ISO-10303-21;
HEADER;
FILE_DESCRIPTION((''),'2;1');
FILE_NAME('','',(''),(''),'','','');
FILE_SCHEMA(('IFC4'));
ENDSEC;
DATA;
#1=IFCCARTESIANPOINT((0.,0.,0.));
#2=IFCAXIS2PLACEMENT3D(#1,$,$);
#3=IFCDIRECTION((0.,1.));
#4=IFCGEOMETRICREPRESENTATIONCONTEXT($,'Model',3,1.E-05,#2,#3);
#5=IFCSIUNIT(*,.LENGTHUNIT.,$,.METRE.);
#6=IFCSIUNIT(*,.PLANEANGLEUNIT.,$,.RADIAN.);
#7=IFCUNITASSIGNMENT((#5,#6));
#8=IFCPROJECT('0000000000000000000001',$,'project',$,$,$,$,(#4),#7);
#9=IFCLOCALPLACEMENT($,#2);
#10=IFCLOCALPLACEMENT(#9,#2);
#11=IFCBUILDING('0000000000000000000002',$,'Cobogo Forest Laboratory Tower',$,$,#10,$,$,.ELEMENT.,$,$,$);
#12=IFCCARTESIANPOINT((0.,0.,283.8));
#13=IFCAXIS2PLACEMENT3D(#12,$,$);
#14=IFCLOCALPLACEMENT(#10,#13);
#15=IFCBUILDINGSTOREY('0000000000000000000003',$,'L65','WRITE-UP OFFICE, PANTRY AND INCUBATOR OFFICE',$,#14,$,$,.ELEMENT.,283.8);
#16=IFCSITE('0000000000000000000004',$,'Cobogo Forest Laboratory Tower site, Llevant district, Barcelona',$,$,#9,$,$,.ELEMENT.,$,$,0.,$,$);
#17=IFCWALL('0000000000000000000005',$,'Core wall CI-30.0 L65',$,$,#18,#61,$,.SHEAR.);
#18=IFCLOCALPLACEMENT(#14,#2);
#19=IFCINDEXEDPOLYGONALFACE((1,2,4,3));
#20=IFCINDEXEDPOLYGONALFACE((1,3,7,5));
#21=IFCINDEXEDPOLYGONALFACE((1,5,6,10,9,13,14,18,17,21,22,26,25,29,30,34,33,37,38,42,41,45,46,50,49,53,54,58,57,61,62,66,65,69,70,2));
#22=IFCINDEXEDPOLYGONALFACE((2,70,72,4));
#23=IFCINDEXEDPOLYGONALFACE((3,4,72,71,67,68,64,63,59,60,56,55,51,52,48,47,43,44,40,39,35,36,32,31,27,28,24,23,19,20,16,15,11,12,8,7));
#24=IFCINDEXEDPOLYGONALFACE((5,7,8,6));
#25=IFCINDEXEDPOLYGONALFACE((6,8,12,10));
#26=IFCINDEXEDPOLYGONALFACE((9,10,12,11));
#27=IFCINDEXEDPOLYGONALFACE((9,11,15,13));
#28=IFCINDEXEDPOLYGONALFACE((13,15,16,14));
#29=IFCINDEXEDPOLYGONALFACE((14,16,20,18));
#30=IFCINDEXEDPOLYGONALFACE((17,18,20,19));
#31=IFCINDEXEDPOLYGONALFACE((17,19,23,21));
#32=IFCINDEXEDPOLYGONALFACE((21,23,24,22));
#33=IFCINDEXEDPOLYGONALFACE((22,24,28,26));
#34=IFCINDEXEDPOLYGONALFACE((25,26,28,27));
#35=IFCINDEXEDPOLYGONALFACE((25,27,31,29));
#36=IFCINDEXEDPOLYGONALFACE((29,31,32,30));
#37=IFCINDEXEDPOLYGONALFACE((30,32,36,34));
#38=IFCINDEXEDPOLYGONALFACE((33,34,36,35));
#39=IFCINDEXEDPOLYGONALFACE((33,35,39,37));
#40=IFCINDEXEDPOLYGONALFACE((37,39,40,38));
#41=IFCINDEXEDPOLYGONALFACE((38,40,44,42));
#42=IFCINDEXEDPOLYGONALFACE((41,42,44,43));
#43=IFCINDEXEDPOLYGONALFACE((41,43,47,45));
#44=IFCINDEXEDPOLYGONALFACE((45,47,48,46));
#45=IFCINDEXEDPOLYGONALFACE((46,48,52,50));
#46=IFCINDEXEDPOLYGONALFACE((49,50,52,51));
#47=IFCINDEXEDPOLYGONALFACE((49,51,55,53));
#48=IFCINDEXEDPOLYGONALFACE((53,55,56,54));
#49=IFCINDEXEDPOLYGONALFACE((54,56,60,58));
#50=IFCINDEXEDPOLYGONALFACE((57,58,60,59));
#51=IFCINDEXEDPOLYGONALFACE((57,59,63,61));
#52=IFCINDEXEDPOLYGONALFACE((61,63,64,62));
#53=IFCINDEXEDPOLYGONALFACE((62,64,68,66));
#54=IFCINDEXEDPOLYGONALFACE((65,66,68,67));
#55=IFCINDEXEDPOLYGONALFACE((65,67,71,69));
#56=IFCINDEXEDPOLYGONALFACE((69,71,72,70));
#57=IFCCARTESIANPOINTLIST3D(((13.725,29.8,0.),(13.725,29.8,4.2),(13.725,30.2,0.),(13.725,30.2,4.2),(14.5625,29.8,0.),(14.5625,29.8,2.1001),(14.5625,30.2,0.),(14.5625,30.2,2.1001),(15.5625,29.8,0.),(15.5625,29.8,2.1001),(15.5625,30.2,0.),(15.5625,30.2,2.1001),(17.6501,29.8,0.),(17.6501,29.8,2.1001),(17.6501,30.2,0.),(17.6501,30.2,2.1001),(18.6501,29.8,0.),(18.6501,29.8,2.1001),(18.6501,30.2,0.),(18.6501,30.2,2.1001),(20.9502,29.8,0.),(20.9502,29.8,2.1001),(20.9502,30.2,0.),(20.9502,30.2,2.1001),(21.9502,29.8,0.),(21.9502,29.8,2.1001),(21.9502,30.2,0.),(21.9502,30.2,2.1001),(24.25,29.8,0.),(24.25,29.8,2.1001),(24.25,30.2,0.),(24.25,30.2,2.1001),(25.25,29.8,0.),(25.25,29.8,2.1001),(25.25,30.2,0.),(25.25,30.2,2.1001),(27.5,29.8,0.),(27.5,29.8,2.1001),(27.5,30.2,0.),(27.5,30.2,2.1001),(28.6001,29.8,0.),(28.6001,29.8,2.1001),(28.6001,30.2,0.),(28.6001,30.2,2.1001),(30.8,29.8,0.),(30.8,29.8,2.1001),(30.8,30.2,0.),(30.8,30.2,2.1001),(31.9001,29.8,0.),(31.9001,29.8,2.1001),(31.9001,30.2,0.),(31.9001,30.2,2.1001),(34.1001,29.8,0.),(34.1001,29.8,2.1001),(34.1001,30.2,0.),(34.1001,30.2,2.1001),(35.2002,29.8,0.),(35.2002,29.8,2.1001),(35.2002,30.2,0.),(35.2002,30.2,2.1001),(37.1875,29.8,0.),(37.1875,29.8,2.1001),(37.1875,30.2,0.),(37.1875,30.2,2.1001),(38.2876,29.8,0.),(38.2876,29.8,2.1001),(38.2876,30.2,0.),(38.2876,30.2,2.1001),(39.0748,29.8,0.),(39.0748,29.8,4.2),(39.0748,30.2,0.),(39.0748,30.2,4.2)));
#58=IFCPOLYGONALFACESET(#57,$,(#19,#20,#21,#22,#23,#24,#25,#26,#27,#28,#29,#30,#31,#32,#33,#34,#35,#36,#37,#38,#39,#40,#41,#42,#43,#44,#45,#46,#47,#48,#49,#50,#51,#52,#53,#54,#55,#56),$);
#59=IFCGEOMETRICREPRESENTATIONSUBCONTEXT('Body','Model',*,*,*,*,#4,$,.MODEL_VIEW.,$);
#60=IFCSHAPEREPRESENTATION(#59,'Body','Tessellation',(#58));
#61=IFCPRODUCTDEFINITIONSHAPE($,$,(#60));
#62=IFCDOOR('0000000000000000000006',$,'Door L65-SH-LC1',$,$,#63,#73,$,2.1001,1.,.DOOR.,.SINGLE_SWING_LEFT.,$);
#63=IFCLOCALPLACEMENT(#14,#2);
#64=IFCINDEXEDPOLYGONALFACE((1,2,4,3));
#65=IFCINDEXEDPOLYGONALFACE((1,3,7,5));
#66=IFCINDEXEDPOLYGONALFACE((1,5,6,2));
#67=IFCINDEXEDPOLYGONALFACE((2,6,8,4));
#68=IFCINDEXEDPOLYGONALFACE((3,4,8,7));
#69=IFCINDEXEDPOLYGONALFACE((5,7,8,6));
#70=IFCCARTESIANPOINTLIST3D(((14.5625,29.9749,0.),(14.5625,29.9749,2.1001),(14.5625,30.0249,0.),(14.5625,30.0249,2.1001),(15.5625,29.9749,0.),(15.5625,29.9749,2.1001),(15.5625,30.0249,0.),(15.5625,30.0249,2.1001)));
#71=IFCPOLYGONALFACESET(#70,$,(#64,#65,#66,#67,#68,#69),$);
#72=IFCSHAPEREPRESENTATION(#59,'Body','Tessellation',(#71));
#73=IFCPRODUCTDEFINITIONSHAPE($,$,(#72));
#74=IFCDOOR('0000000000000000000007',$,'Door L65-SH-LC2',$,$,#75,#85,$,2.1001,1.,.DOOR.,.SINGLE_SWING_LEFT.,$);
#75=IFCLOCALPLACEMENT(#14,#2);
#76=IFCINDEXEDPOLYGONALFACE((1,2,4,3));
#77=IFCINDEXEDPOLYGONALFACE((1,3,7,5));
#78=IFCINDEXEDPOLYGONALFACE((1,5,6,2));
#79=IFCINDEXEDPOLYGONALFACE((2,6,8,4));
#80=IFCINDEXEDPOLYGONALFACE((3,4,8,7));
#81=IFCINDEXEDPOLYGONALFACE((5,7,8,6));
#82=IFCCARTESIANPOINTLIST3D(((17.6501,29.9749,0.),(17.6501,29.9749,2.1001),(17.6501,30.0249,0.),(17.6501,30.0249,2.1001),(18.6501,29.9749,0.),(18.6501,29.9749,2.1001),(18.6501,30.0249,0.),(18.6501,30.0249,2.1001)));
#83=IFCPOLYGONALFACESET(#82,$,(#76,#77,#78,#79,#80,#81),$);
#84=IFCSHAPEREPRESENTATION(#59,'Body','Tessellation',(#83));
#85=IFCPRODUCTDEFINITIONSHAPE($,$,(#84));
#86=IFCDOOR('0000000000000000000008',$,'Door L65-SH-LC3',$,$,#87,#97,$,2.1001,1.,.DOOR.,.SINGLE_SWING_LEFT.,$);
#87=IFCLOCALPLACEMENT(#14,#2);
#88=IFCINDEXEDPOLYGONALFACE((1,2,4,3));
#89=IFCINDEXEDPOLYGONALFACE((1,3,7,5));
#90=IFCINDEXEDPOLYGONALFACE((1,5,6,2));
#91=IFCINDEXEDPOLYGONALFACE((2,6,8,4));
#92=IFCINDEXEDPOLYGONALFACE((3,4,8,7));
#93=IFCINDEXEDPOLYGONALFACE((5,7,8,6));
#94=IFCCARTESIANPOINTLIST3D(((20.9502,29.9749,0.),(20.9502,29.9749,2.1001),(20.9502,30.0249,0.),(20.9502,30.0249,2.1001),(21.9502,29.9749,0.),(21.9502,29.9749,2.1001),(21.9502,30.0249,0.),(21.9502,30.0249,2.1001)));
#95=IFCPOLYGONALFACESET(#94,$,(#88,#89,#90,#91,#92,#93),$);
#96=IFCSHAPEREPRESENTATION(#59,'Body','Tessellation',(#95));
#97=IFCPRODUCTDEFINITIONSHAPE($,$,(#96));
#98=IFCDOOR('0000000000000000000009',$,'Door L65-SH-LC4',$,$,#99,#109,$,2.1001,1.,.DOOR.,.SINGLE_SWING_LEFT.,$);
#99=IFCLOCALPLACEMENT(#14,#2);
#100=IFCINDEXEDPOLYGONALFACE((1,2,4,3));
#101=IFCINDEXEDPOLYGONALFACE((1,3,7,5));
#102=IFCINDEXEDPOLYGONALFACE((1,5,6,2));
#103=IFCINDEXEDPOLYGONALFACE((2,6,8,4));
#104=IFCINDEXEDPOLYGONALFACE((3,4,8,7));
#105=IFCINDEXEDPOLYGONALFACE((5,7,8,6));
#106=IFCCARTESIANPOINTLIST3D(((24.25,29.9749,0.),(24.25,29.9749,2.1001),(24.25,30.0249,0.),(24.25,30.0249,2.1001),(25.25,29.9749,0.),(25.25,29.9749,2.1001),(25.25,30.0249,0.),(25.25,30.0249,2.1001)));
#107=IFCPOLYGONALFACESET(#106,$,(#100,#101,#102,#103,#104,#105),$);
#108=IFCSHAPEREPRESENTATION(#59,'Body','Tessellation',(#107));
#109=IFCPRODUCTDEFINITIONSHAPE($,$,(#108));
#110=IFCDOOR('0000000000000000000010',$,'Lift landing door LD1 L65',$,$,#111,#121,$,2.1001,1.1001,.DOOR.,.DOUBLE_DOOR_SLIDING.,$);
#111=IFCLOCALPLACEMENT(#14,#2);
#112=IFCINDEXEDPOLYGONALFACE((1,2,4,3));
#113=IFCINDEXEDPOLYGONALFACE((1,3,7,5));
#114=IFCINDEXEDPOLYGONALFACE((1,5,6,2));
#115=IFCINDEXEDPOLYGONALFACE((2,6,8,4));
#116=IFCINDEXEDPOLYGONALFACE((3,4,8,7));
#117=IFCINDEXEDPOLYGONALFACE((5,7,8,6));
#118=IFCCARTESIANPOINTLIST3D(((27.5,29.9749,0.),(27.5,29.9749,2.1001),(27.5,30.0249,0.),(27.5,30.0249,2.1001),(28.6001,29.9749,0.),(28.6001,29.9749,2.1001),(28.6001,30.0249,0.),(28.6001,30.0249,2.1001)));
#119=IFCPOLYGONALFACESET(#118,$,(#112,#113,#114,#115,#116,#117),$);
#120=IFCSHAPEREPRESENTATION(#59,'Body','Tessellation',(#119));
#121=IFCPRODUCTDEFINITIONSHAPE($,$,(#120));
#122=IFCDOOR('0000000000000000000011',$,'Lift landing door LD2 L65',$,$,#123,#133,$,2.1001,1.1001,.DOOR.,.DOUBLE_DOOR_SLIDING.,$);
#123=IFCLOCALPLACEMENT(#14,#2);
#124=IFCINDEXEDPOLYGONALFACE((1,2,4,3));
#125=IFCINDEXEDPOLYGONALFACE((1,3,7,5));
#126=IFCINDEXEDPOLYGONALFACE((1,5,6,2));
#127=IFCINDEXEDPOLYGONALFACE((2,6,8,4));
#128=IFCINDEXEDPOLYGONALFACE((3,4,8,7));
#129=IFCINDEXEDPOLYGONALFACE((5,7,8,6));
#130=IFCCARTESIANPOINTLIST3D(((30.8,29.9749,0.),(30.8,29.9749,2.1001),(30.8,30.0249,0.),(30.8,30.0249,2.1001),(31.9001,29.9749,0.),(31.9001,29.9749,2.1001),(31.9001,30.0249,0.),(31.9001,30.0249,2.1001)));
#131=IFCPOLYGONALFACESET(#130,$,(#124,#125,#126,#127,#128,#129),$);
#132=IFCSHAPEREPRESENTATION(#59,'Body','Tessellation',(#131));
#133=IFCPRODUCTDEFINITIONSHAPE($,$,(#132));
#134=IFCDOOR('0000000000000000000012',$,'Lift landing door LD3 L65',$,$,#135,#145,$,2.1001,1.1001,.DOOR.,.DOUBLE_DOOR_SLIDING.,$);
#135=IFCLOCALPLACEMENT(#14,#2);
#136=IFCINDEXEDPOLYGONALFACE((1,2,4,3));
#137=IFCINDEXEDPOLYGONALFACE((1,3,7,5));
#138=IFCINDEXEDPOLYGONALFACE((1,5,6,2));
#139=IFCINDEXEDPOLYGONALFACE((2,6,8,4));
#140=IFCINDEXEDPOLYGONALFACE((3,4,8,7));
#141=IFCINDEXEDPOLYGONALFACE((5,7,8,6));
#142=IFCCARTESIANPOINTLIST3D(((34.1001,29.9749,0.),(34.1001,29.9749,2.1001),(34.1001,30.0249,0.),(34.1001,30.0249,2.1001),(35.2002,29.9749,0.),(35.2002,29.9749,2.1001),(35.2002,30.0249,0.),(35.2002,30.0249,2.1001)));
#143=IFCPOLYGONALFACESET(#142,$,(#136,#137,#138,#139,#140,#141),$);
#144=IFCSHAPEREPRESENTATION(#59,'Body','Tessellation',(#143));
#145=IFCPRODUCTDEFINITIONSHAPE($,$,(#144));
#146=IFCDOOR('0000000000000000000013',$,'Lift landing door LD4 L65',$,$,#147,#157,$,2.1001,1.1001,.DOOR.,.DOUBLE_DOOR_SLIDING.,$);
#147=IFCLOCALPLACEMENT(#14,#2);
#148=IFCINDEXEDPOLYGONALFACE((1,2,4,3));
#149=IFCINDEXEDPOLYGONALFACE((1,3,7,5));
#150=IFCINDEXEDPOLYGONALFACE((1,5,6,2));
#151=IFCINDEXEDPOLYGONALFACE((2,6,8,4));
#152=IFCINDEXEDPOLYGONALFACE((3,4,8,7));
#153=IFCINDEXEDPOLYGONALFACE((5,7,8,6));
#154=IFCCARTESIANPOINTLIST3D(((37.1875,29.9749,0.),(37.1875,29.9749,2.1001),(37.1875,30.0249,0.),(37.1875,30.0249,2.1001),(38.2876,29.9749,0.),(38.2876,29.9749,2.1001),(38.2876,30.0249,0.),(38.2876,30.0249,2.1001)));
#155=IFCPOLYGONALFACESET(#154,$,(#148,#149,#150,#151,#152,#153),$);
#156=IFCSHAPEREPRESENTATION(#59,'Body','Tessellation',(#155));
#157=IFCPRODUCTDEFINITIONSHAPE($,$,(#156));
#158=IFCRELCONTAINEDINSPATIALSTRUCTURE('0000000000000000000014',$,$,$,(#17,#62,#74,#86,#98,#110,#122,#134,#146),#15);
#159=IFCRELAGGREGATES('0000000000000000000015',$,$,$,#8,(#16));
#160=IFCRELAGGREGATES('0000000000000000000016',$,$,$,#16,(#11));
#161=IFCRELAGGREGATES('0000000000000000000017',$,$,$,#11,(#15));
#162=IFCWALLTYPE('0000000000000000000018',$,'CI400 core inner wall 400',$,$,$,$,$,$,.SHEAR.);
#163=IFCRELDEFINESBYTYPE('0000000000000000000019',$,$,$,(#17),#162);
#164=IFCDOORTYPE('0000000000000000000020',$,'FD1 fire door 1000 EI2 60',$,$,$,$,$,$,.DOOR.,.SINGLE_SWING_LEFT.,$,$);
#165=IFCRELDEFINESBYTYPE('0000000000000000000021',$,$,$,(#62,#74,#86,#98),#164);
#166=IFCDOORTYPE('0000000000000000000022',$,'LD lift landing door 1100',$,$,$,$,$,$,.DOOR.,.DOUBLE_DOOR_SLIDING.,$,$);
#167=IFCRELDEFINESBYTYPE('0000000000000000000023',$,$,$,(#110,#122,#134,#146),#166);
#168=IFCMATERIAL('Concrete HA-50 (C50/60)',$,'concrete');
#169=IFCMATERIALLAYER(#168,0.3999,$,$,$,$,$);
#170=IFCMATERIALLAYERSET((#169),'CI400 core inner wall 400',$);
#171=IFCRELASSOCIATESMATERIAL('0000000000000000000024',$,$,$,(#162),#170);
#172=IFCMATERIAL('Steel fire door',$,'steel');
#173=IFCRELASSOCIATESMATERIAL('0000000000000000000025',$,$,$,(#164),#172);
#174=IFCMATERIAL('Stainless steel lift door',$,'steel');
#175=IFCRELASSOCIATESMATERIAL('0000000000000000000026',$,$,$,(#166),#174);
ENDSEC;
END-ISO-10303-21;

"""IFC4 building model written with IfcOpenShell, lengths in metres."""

from ifc_helpers import new_model, si_unit, direction, frame, frame_2d, origin, place, context, subcontext, project, spatial, rectangle, extrude, material, layer, layer_set, type_object, element, fill, save


model = new_model("IFC4")

# Units and contexts
model_context = context("Model", 3, precision=1e-05, world=origin(), true_north=direction((0.0, 1.0)))
body_context = subcontext(model_context, "Body", "Model", "MODEL_VIEW")
ifc_project = project(units=[si_unit("LENGTHUNIT", "METRE"), si_unit("PLANEANGLEUNIT", "RADIAN")], contexts=[model_context])

# Site, building, storey
site_placement = place(None, origin())
site = spatial("IfcSite", under=ifc_project, at=site_placement, Name="Cobogo Forest Laboratory Tower site, Llevant district, Barcelona", CompositionType="ELEMENT", RefElevation=0.0)
building_placement = place(site_placement, origin())
building = spatial("IfcBuilding", under=site, at=building_placement, Name="Cobogo Forest Laboratory Tower", CompositionType="ELEMENT")
storey_placement = place(building_placement, frame((0.0, 0.0, 283.8)))
storey = spatial("IfcBuildingStorey", under=building, at=storey_placement, Name="L65", Description="WRITE-UP OFFICE, PANTRY AND INCUBATOR OFFICE", CompositionType="ELEMENT", Elevation=283.8)

# Wall, openings, doors
ifc_material_1 = material(Name="Concrete HA-50 (C50/60)", Category="concrete")
ifc_layer_1 = layer(ifc_material_1, 0.3999)
ifc_layer_set_1 = layer_set([ifc_layer_1], Name="CI400 core inner wall 400")
wall_type_1 = type_object("IfcWallType", Name="CI400 core inner wall 400", PredefinedType="SHEAR", material=ifc_layer_set_1)
wall_1_placement = place(storey_placement, frame((13.7251, 30.0, 0.0), z_axis=(0.0, 0.0, 1.0), x_axis=(1.0, 0.0, 0.0)))
wall_1 = element("IfcWall", 1, at=wall_1_placement, inside=storey, type_object=wall_type_1, Name="Core wall CI-30.0 L65", PredefinedType="SHEAR", context=body_context, shape_type="SweptSolid", body=[
    extrude(rectangle(XDim=25.3499, YDim=0.3999, at=frame_2d((12.6748, 0.0))), origin(), (0.0, 0.0, 1.0), 4.2),
])
opening_1_placement = place(wall_1_placement, frame((0.8374, 0.0, 0.0)))
opening_1 = element("IfcOpeningElement", 2, at=opening_1_placement, cuts=wall_1, PredefinedType="OPENING", context=body_context, shape_type="SweptSolid", body=[
    extrude(rectangle(XDim=1.0, YDim=2.1001, at=frame_2d((0.5, 1.05))), frame((0.0, 0.21, 0.0), z_axis=(0.0, -1.0, 0.0), x_axis=(1.0, 0.0, 0.0)), (0.0, 0.0, 1.0), 0.4199),
])
opening_2_placement = place(wall_1_placement, frame((3.925, 0.0, 0.0)))
opening_2 = element("IfcOpeningElement", 3, at=opening_2_placement, cuts=wall_1, PredefinedType="OPENING", context=body_context, shape_type="SweptSolid", body=[
    extrude(rectangle(XDim=1.0, YDim=2.1001, at=frame_2d((0.5, 1.05))), frame((0.0, 0.21, 0.0), z_axis=(0.0, -1.0, 0.0), x_axis=(1.0, 0.0, 0.0)), (0.0, 0.0, 1.0), 0.4199),
])
opening_3_placement = place(wall_1_placement, frame((7.2251, 0.0, 0.0)))
opening_3 = element("IfcOpeningElement", 4, at=opening_3_placement, cuts=wall_1, PredefinedType="OPENING", context=body_context, shape_type="SweptSolid", body=[
    extrude(rectangle(XDim=1.0, YDim=2.1001, at=frame_2d((0.5, 1.05))), frame((0.0, 0.21, 0.0), z_axis=(0.0, -1.0, 0.0), x_axis=(1.0, 0.0, 0.0)), (0.0, 0.0, 1.0), 0.4199),
])
opening_4_placement = place(wall_1_placement, frame((10.5249, 0.0, 0.0)))
opening_4 = element("IfcOpeningElement", 5, at=opening_4_placement, cuts=wall_1, PredefinedType="OPENING", context=body_context, shape_type="SweptSolid", body=[
    extrude(rectangle(XDim=1.0, YDim=2.1001, at=frame_2d((0.5, 1.05))), frame((0.0, 0.21, 0.0), z_axis=(0.0, -1.0, 0.0), x_axis=(1.0, 0.0, 0.0)), (0.0, 0.0, 1.0), 0.4199),
])
opening_5_placement = place(wall_1_placement, frame((13.7749, 0.0, 0.0)))
opening_5 = element("IfcOpeningElement", 6, at=opening_5_placement, cuts=wall_1, PredefinedType="OPENING", context=body_context, shape_type="SweptSolid", body=[
    extrude(rectangle(XDim=1.1001, YDim=2.1001, at=frame_2d((0.55, 1.05))), frame((0.0, 0.21, 0.0), z_axis=(0.0, -1.0, 0.0), x_axis=(1.0, 0.0, 0.0)), (0.0, 0.0, 1.0), 0.4199),
])
opening_6_placement = place(wall_1_placement, frame((17.075, 0.0, 0.0)))
opening_6 = element("IfcOpeningElement", 7, at=opening_6_placement, cuts=wall_1, PredefinedType="OPENING", context=body_context, shape_type="SweptSolid", body=[
    extrude(rectangle(XDim=1.1001, YDim=2.1001, at=frame_2d((0.55, 1.05))), frame((0.0, 0.21, 0.0), z_axis=(0.0, -1.0, 0.0), x_axis=(1.0, 0.0, 0.0)), (0.0, 0.0, 1.0), 0.4199),
])
opening_7_placement = place(wall_1_placement, frame((20.375, 0.0, 0.0)))
opening_7 = element("IfcOpeningElement", 8, at=opening_7_placement, cuts=wall_1, PredefinedType="OPENING", context=body_context, shape_type="SweptSolid", body=[
    extrude(rectangle(XDim=1.1001, YDim=2.1001, at=frame_2d((0.55, 1.05))), frame((0.0, 0.21, 0.0), z_axis=(0.0, -1.0, 0.0), x_axis=(1.0, 0.0, 0.0)), (0.0, 0.0, 1.0), 0.4199),
])
opening_8_placement = place(wall_1_placement, frame((23.4624, 0.0, 0.0)))
opening_8 = element("IfcOpeningElement", 9, at=opening_8_placement, cuts=wall_1, PredefinedType="OPENING", context=body_context, shape_type="SweptSolid", body=[
    extrude(rectangle(XDim=1.1001, YDim=2.1001, at=frame_2d((0.55, 1.05))), frame((0.0, 0.21, 0.0), z_axis=(0.0, -1.0, 0.0), x_axis=(1.0, 0.0, 0.0)), (0.0, 0.0, 1.0), 0.4199),
])
ifc_material_2 = material(Name="Steel fire door", Category="steel")
door_type_1 = type_object("IfcDoorType", Name="FD1 fire door 1000 EI2 60", OperationType="SINGLE_SWING_LEFT", PredefinedType="DOOR", material=ifc_material_2)
door_1_placement = place(opening_1_placement, origin())
door_1 = element("IfcDoor", 10, at=door_1_placement, inside=storey, type_object=door_type_1, Name="Door L65-SH-LC1", OperationType="SINGLE_SWING_LEFT", OverallHeight=2.1001, OverallWidth=1.0, PredefinedType="DOOR", context=body_context, shape_type="SweptSolid", body=[
    extrude(rectangle(XDim=1.0, YDim=2.1001, at=frame_2d((0.5, 1.05))), frame((0.0, 0.0249, 0.0), z_axis=(0.0, -1.0, 0.0), x_axis=(1.0, 0.0, 0.0)), (0.0, 0.0, 1.0), 0.05),
])
fill(opening_1, door_1)
door_2_placement = place(opening_2_placement, origin())
door_2 = element("IfcDoor", 11, at=door_2_placement, inside=storey, type_object=door_type_1, Name="Door L65-SH-LC2", OperationType="SINGLE_SWING_LEFT", OverallHeight=2.1001, OverallWidth=1.0, PredefinedType="DOOR", context=body_context, shape_type="SweptSolid", body=[
    extrude(rectangle(XDim=1.0, YDim=2.1001, at=frame_2d((0.5, 1.05))), frame((0.0, 0.0249, 0.0), z_axis=(0.0, -1.0, 0.0), x_axis=(1.0, 0.0, 0.0)), (0.0, 0.0, 1.0), 0.05),
])
fill(opening_2, door_2)
door_3_placement = place(opening_3_placement, origin())
door_3 = element("IfcDoor", 12, at=door_3_placement, inside=storey, type_object=door_type_1, Name="Door L65-SH-LC3", OperationType="SINGLE_SWING_LEFT", OverallHeight=2.1001, OverallWidth=1.0, PredefinedType="DOOR", context=body_context, shape_type="SweptSolid", body=[
    extrude(rectangle(XDim=1.0, YDim=2.1001, at=frame_2d((0.5, 1.05))), frame((0.0, 0.0249, 0.0), z_axis=(0.0, -1.0, 0.0), x_axis=(1.0, 0.0, 0.0)), (0.0, 0.0, 1.0), 0.05),
])
fill(opening_3, door_3)
door_4_placement = place(opening_4_placement, origin())
door_4 = element("IfcDoor", 13, at=door_4_placement, inside=storey, type_object=door_type_1, Name="Door L65-SH-LC4", OperationType="SINGLE_SWING_LEFT", OverallHeight=2.1001, OverallWidth=1.0, PredefinedType="DOOR", context=body_context, shape_type="SweptSolid", body=[
    extrude(rectangle(XDim=1.0, YDim=2.1001, at=frame_2d((0.5, 1.05))), frame((0.0, 0.0249, 0.0), z_axis=(0.0, -1.0, 0.0), x_axis=(1.0, 0.0, 0.0)), (0.0, 0.0, 1.0), 0.05),
])
fill(opening_4, door_4)
ifc_material_3 = material(Name="Stainless steel lift door", Category="steel")
door_type_2 = type_object("IfcDoorType", Name="LD lift landing door 1100", OperationType="DOUBLE_DOOR_SLIDING", PredefinedType="DOOR", material=ifc_material_3)
door_5_placement = place(opening_5_placement, origin())
door_5 = element("IfcDoor", 14, at=door_5_placement, inside=storey, type_object=door_type_2, Name="Lift landing door LD1 L65", OperationType="DOUBLE_DOOR_SLIDING", OverallHeight=2.1001, OverallWidth=1.1001, PredefinedType="DOOR", context=body_context, shape_type="SweptSolid", body=[
    extrude(rectangle(XDim=1.1001, YDim=2.1001, at=frame_2d((0.55, 1.05))), frame((0.0, 0.0249, 0.0), z_axis=(0.0, -1.0, 0.0), x_axis=(1.0, 0.0, 0.0)), (0.0, 0.0, 1.0), 0.05),
])
fill(opening_5, door_5)
door_6_placement = place(opening_6_placement, origin())
door_6 = element("IfcDoor", 15, at=door_6_placement, inside=storey, type_object=door_type_2, Name="Lift landing door LD2 L65", OperationType="DOUBLE_DOOR_SLIDING", OverallHeight=2.1001, OverallWidth=1.1001, PredefinedType="DOOR", context=body_context, shape_type="SweptSolid", body=[
    extrude(rectangle(XDim=1.1001, YDim=2.1001, at=frame_2d((0.55, 1.05))), frame((0.0, 0.0249, 0.0), z_axis=(0.0, -1.0, 0.0), x_axis=(1.0, 0.0, 0.0)), (0.0, 0.0, 1.0), 0.05),
])
fill(opening_6, door_6)
door_7_placement = place(opening_7_placement, origin())
door_7 = element("IfcDoor", 16, at=door_7_placement, inside=storey, type_object=door_type_2, Name="Lift landing door LD3 L65", OperationType="DOUBLE_DOOR_SLIDING", OverallHeight=2.1001, OverallWidth=1.1001, PredefinedType="DOOR", context=body_context, shape_type="SweptSolid", body=[
    extrude(rectangle(XDim=1.1001, YDim=2.1001, at=frame_2d((0.55, 1.05))), frame((0.0, 0.0249, 0.0), z_axis=(0.0, -1.0, 0.0), x_axis=(1.0, 0.0, 0.0)), (0.0, 0.0, 1.0), 0.05),
])
fill(opening_7, door_7)
door_8_placement = place(opening_8_placement, origin())
door_8 = element("IfcDoor", 17, at=door_8_placement, inside=storey, type_object=door_type_2, Name="Lift landing door LD4 L65", OperationType="DOUBLE_DOOR_SLIDING", OverallHeight=2.1001, OverallWidth=1.1001, PredefinedType="DOOR", context=body_context, shape_type="SweptSolid", body=[
    extrude(rectangle(XDim=1.1001, YDim=2.1001, at=frame_2d((0.55, 1.05))), frame((0.0, 0.0249, 0.0), z_axis=(0.0, -1.0, 0.0), x_axis=(1.0, 0.0, 0.0)), (0.0, 0.0, 1.0), 0.05),
])
fill(opening_8, door_8)

save(model, "model.ifc")
